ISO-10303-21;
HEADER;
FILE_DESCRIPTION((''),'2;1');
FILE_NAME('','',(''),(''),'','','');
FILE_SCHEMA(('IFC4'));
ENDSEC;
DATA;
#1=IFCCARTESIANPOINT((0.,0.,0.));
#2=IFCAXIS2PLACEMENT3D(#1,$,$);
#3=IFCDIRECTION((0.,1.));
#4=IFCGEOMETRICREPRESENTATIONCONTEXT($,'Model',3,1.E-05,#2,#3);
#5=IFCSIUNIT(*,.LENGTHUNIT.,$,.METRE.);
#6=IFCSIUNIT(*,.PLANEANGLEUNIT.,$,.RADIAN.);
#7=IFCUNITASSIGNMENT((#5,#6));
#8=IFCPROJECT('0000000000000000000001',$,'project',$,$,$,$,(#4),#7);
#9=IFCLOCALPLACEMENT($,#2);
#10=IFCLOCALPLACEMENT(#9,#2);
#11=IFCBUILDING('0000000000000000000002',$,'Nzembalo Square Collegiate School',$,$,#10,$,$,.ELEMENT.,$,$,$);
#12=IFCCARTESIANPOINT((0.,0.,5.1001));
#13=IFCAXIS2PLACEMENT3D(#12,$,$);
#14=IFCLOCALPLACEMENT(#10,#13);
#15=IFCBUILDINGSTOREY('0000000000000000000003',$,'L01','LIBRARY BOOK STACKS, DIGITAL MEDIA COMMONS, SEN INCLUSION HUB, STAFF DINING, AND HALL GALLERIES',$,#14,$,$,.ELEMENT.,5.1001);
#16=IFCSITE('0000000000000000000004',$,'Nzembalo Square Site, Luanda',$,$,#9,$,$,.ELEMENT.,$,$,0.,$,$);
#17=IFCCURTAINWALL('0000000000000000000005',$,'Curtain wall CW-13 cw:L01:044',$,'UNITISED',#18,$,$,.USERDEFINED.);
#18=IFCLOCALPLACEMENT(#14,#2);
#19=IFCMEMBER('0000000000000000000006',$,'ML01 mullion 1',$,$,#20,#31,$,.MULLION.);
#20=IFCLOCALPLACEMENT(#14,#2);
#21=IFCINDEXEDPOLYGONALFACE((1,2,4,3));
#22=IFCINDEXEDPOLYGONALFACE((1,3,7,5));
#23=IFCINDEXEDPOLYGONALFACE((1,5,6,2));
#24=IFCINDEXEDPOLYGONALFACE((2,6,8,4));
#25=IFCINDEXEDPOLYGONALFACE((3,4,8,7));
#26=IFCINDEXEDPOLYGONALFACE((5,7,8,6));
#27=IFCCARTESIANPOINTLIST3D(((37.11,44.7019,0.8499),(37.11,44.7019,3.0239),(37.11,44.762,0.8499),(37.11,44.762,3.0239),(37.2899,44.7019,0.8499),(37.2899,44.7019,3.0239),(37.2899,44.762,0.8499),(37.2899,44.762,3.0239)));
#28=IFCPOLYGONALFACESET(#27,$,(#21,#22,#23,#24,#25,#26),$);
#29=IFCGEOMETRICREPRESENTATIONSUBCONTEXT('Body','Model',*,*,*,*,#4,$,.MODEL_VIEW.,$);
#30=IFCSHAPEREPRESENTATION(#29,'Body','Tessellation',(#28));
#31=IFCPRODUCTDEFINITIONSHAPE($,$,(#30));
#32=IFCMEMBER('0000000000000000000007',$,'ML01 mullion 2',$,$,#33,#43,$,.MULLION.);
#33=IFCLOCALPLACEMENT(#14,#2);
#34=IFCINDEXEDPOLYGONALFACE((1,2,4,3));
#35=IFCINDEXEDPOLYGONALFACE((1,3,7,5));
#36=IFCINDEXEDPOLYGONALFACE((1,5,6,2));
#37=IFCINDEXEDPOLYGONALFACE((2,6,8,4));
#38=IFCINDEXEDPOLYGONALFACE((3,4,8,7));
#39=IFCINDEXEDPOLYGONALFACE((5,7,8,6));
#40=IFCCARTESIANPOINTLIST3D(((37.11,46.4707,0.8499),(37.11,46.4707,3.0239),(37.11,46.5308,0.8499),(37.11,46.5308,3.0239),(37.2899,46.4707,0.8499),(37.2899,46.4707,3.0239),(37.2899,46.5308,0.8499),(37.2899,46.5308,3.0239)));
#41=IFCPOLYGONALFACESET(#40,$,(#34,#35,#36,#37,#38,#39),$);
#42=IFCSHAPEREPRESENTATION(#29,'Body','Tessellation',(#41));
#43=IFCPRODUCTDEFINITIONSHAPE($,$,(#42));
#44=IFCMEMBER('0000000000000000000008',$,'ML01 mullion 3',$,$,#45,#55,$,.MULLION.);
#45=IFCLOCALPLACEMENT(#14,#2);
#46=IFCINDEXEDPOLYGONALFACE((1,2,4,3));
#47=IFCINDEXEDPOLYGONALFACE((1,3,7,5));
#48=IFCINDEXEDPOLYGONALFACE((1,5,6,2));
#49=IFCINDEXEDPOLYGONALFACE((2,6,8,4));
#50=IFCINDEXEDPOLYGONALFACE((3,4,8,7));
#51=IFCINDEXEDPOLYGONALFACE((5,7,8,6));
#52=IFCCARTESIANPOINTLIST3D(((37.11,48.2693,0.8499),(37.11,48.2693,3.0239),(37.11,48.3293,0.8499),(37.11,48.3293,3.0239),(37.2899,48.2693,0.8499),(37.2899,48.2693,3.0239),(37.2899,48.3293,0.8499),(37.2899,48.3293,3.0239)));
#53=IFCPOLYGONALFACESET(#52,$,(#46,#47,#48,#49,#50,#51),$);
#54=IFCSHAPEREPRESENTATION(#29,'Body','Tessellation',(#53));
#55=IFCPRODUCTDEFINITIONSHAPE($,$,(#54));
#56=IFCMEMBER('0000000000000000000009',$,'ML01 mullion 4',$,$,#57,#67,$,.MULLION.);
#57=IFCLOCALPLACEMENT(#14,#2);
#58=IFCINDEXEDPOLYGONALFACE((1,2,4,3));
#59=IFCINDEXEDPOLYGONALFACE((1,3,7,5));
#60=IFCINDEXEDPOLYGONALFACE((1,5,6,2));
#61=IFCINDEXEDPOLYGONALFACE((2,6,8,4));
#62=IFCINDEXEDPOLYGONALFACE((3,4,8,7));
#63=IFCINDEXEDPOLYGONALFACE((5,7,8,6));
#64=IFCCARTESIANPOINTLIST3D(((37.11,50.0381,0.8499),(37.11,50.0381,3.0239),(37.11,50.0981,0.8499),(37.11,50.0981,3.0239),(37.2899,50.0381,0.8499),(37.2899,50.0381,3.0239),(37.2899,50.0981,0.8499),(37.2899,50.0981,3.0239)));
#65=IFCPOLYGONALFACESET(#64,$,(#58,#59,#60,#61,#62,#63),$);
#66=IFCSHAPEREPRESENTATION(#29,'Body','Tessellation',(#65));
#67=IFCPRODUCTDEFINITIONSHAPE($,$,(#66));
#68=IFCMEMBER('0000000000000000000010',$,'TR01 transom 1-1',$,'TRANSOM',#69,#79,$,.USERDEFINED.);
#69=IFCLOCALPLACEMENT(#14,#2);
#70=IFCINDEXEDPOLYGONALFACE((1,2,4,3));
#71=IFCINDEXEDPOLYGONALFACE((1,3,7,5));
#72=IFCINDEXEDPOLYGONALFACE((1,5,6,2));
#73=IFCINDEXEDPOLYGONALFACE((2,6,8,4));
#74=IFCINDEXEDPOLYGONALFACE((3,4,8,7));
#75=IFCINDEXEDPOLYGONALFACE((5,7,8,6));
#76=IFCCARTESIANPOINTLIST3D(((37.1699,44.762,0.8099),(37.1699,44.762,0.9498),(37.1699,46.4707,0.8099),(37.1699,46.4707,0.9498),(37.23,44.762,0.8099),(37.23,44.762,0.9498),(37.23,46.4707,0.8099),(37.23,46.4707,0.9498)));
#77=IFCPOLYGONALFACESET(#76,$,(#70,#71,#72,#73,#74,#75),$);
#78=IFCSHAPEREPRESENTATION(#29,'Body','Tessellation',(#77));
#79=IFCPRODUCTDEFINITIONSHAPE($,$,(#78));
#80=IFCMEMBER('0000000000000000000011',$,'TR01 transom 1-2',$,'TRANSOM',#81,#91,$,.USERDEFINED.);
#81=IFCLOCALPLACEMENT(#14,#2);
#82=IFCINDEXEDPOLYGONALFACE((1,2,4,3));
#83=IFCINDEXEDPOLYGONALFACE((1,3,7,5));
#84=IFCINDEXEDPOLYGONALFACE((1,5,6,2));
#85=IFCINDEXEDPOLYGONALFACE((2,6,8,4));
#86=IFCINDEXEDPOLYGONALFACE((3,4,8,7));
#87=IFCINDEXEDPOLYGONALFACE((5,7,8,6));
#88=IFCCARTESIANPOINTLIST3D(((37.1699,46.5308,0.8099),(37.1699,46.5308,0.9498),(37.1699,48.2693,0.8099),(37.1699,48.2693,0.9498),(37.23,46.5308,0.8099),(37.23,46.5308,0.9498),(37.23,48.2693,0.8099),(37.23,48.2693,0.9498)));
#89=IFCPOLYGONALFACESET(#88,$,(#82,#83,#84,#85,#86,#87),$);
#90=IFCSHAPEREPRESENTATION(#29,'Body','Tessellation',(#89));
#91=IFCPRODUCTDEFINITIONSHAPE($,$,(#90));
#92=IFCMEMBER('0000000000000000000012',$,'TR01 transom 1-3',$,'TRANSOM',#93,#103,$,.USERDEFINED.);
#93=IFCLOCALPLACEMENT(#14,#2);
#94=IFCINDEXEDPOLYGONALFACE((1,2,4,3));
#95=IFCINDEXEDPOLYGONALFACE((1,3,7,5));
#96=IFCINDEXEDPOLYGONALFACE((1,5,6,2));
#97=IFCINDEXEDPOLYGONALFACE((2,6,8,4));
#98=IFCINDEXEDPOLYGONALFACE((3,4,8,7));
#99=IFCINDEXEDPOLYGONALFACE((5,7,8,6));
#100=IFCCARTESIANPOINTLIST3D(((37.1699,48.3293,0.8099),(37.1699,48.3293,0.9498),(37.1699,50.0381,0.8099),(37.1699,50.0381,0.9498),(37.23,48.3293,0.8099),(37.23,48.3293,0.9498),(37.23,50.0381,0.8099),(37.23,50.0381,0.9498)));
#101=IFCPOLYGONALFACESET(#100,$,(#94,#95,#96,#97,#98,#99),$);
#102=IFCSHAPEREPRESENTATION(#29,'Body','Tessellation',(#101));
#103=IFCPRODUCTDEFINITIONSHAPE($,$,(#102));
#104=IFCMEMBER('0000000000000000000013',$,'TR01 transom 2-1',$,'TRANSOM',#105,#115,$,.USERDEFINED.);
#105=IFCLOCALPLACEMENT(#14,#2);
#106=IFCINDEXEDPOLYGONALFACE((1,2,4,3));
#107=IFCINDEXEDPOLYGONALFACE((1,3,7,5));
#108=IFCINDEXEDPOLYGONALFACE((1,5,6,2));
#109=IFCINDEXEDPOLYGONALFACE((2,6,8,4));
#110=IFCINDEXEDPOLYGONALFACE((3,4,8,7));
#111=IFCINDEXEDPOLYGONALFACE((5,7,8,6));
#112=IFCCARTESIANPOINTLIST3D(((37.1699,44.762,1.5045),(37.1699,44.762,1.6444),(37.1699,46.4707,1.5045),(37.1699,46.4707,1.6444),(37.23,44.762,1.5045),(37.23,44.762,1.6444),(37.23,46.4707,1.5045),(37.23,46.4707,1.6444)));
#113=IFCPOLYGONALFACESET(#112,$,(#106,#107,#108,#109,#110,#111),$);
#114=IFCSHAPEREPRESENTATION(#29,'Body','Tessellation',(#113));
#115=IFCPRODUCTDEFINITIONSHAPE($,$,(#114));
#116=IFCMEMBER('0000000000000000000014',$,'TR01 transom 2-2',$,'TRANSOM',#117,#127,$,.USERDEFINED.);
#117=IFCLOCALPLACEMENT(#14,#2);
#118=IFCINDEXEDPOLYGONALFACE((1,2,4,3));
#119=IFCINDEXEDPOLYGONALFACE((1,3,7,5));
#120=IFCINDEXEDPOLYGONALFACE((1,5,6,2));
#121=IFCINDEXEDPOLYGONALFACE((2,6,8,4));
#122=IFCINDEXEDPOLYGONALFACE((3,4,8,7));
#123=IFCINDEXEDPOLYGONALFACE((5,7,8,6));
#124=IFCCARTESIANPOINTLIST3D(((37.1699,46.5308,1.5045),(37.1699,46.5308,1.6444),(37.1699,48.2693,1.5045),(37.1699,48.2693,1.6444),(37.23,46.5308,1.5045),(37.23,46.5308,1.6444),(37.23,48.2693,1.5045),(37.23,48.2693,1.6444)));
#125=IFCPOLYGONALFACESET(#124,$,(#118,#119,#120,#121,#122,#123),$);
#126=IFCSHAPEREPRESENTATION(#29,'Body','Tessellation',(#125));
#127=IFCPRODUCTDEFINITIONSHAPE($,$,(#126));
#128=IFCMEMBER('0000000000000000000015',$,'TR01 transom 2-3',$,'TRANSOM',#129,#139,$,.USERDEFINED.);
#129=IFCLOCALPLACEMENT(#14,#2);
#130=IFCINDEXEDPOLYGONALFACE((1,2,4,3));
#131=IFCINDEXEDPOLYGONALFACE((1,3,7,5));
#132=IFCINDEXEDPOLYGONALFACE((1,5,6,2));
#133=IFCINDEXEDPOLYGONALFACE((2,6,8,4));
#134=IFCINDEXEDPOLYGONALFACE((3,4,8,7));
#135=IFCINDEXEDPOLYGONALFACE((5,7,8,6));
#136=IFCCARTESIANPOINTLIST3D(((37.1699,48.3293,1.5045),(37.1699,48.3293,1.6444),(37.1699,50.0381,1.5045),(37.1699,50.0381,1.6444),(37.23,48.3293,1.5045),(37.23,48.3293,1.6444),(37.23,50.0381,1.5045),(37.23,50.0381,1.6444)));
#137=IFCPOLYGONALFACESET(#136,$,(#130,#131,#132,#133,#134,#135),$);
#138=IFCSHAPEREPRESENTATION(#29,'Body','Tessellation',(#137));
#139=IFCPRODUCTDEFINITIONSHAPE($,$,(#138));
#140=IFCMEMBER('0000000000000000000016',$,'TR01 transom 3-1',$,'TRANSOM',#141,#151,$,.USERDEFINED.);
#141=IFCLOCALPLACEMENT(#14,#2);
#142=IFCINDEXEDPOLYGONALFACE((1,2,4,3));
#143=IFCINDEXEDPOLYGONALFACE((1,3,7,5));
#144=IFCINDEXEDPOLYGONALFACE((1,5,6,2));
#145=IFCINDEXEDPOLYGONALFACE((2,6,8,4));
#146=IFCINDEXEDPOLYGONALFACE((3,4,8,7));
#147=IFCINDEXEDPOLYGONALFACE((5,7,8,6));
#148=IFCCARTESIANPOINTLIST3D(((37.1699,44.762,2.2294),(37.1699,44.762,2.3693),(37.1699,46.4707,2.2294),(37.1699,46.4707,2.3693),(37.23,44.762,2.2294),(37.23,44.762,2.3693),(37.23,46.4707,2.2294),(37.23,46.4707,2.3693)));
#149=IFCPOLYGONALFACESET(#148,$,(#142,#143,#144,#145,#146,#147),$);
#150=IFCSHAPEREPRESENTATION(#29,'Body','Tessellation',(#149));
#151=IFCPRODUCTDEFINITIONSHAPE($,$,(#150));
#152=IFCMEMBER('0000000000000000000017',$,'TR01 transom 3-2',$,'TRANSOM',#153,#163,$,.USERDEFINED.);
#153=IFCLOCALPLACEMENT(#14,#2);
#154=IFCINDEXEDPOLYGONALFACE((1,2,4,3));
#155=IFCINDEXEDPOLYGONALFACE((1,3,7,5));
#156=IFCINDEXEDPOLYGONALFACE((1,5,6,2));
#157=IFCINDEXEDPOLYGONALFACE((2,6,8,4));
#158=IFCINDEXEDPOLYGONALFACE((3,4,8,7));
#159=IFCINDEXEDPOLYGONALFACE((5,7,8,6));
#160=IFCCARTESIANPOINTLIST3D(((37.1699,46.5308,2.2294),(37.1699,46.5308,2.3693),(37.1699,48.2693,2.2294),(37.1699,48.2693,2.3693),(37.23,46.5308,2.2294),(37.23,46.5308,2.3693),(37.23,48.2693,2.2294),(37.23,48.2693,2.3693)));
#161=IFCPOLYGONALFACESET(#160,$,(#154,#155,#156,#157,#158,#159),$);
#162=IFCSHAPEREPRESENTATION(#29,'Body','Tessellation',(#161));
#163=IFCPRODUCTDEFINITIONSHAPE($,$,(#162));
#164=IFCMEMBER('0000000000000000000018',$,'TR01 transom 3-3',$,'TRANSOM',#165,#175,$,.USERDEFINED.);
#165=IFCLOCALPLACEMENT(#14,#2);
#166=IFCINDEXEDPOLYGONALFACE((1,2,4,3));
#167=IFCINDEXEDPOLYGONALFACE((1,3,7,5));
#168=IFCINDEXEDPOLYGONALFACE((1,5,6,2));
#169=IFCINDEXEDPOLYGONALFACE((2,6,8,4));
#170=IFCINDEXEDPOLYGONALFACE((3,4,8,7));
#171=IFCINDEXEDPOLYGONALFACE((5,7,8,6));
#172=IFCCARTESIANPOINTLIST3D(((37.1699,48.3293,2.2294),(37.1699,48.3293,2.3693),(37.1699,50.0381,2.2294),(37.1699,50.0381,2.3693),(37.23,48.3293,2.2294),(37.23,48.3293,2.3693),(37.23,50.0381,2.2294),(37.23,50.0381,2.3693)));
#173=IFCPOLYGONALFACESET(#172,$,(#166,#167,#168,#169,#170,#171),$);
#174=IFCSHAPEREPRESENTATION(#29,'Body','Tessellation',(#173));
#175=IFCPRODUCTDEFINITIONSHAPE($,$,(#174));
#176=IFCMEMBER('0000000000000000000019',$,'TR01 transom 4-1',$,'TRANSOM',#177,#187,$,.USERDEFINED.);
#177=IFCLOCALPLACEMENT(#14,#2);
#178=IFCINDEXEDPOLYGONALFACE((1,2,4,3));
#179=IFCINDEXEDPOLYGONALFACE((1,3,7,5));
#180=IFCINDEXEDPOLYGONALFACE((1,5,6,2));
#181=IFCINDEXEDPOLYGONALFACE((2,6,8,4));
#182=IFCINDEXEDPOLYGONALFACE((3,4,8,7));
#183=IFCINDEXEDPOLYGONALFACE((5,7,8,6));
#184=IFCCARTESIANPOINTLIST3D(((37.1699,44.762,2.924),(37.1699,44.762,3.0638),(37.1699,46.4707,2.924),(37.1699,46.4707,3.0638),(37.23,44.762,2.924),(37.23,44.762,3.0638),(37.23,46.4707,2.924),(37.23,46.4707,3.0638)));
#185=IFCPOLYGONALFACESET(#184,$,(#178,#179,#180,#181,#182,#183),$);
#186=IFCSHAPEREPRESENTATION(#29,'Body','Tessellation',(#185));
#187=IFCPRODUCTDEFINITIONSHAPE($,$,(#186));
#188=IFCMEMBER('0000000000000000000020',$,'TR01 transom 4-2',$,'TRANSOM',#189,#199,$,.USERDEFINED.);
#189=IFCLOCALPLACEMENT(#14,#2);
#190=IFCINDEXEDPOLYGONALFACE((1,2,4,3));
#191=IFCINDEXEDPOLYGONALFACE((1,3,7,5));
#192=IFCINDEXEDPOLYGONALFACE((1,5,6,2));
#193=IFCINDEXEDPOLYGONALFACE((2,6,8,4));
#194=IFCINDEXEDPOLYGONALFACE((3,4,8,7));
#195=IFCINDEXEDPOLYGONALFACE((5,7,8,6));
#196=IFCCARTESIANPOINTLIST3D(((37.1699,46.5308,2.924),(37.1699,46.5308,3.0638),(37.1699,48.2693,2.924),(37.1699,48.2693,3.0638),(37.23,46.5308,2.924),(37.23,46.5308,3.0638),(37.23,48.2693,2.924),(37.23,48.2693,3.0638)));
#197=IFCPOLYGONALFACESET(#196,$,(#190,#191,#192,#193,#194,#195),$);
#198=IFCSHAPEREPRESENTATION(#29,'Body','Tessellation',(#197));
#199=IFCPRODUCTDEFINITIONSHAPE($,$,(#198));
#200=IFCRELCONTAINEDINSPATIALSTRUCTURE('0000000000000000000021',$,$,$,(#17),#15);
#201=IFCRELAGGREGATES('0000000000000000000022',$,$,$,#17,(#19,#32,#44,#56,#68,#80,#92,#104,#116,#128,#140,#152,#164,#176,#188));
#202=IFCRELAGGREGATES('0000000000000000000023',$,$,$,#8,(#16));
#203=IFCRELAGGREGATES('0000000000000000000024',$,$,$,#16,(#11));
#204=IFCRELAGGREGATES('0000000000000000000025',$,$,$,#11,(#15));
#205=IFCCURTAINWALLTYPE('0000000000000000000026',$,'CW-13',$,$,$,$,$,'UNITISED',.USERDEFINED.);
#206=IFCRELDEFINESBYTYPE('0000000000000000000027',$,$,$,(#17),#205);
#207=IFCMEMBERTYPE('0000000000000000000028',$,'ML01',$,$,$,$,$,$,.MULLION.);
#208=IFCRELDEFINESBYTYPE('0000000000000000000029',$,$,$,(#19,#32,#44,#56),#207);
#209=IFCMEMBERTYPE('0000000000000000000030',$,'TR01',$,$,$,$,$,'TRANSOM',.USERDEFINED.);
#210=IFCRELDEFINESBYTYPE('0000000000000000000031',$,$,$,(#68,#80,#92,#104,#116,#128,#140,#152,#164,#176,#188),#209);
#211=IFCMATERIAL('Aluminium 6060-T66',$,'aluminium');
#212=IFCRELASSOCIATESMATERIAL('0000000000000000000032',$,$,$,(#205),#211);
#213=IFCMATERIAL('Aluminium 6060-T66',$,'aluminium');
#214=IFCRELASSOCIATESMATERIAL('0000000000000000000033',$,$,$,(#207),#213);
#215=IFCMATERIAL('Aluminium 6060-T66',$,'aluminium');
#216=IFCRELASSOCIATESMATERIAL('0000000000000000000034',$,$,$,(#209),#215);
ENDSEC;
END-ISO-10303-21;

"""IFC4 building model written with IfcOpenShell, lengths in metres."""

from ifc_helpers import new_model, si_unit, direction, frame, origin, origin_2d, place, context, subcontext, project, spatial, rectangle, extrude, material, material_profile, profile_set, type_object, element, aggregate, save


model = new_model("IFC4")

# Units and contexts
model_context = context("Model", 3, precision=1e-05, world=origin(), true_north=direction((0.0, 1.0)))
body_context = subcontext(model_context, "Body", "Model", "MODEL_VIEW")
ifc_project = project(units=[si_unit("LENGTHUNIT", "METRE"), si_unit("PLANEANGLEUNIT", "RADIAN")], contexts=[model_context])

# Site, building, storey
site_placement = place(None, origin())
site = spatial("IfcSite", under=ifc_project, at=site_placement, Name="Nzembalo Square Site, Luanda", CompositionType="ELEMENT", RefElevation=0.0)
building_placement = place(site_placement, origin())
building = spatial("IfcBuilding", under=site, at=building_placement, Name="Nzembalo Square Collegiate School", CompositionType="ELEMENT")
storey_placement = place(building_placement, frame((0.0, 0.0, 5.1001)))
storey = spatial("IfcBuildingStorey", under=building, at=storey_placement, Name="L01", Description="LIBRARY BOOK STACKS, DIGITAL MEDIA COMMONS, SEN INCLUSION HUB, STAFF DINING, AND HALL GALLERIES", CompositionType="ELEMENT", Elevation=5.1001)

# Curtain wall, members
ifc_material_1 = material(Name="Aluminium 6060-T66", Category="aluminium")
curtain_wall_type = type_object("IfcCurtainWallType", Name="CW-13", ElementType="UNITISED", PredefinedType="USERDEFINED", material=ifc_material_1)
curtain_wall_placement = place(storey_placement, origin())
curtain_wall = element("IfcCurtainWall", 1, at=curtain_wall_placement, inside=storey, type_object=curtain_wall_type, Name="Curtain wall CW-13 cw:L01:044", ObjectType="UNITISED", PredefinedType="USERDEFINED")
ifc_material_2 = material(Name="Aluminium 6060-T66", Category="aluminium")
ifc_material_profile_1 = material_profile(ifc_material_2, rectangle(XDim=0.0601, YDim=0.1799, at=origin_2d()), Name="ALU M60x180")
ifc_profile_set_1 = profile_set([ifc_material_profile_1], Name="Aluminium 6060-T66")
member_type_1 = type_object("IfcMemberType", Name="ML01", PredefinedType="MULLION", material=ifc_profile_set_1)
member_1_placement = place(storey_placement, frame((37.2, 44.7319, 0.8499), z_axis=(0.0, 0.0, 1.0), x_axis=(0.0, 1.0, 0.0)))
member_1 = element("IfcMember", 2, at=member_1_placement, type_object=member_type_1, Name="ML01 mullion 1", PredefinedType="MULLION", context=body_context, shape_type="SweptSolid", body=[
    extrude(rectangle(XDim=0.0601, YDim=0.1799, at=origin_2d()), origin(), (0.0, 0.0, 1.0), 2.1741),
])
member_2_placement = place(storey_placement, frame((37.2, 46.5007, 0.8499), z_axis=(0.0, 0.0, 1.0), x_axis=(0.0, 1.0, 0.0)))
member_2 = element("IfcMember", 3, at=member_2_placement, type_object=member_type_1, Name="ML01 mullion 2", PredefinedType="MULLION", context=body_context, shape_type="SweptSolid", body=[
    extrude(rectangle(XDim=0.0601, YDim=0.1799, at=origin_2d()), origin(), (0.0, 0.0, 1.0), 2.1741),
])
member_3_placement = place(storey_placement, frame((37.2, 48.2993, 0.8499), z_axis=(0.0, 0.0, 1.0), x_axis=(0.0, 1.0, 0.0)))
member_3 = element("IfcMember", 4, at=member_3_placement, type_object=member_type_1, Name="ML01 mullion 3", PredefinedType="MULLION", context=body_context, shape_type="SweptSolid", body=[
    extrude(rectangle(XDim=0.0601, YDim=0.1799, at=origin_2d()), origin(), (0.0, 0.0, 1.0), 2.1741),
])
member_4_placement = place(storey_placement, frame((37.2, 50.0681, 0.8499), z_axis=(0.0, 0.0, 1.0), x_axis=(0.0, 1.0, 0.0)))
member_4 = element("IfcMember", 5, at=member_4_placement, type_object=member_type_1, Name="ML01 mullion 4", PredefinedType="MULLION", context=body_context, shape_type="SweptSolid", body=[
    extrude(rectangle(XDim=0.0601, YDim=0.1799, at=origin_2d()), origin(), (0.0, 0.0, 1.0), 2.1741),
])
ifc_material_3 = material(Name="Aluminium 6060-T66", Category="aluminium")
ifc_material_profile_2 = material_profile(ifc_material_3, rectangle(XDim=0.0601, YDim=0.1399, at=origin_2d()), Name="ALU T60x140")
ifc_profile_set_2 = profile_set([ifc_material_profile_2], Name="Aluminium 6060-T66")
member_type_2 = type_object("IfcMemberType", Name="TR01", ElementType="TRANSOM", PredefinedType="USERDEFINED", material=ifc_profile_set_2)
member_5_placement = place(storey_placement, frame((37.2, 44.762, 0.8799), z_axis=(0.0, 1.0, 0.0), x_axis=(-1.0, 0.0, 0.0)))
member_5 = element("IfcMember", 6, at=member_5_placement, type_object=member_type_2, Name="TR01 transom 1-1", ObjectType="TRANSOM", PredefinedType="USERDEFINED", context=body_context, shape_type="SweptSolid", body=[
    extrude(rectangle(XDim=0.0601, YDim=0.1399, at=origin_2d()), origin(), (0.0, 0.0, 1.0), 1.7087),
])
member_6_placement = place(storey_placement, frame((37.2, 46.5308, 0.8799), z_axis=(0.0, 1.0, 0.0), x_axis=(-1.0, 0.0, 0.0)))
member_6 = element("IfcMember", 7, at=member_6_placement, type_object=member_type_2, Name="TR01 transom 1-2", ObjectType="TRANSOM", PredefinedType="USERDEFINED", context=body_context, shape_type="SweptSolid", body=[
    extrude(rectangle(XDim=0.0601, YDim=0.1399, at=origin_2d()), origin(), (0.0, 0.0, 1.0), 1.7385),
])
member_7_placement = place(storey_placement, frame((37.2, 48.3293, 0.8799), z_axis=(0.0, 1.0, 0.0), x_axis=(-1.0, 0.0, 0.0)))
member_7 = element("IfcMember", 8, at=member_7_placement, type_object=member_type_2, Name="TR01 transom 1-3", ObjectType="TRANSOM", PredefinedType="USERDEFINED", context=body_context, shape_type="SweptSolid", body=[
    extrude(rectangle(XDim=0.0601, YDim=0.1399, at=origin_2d()), origin(), (0.0, 0.0, 1.0), 1.7087),
])
member_8_placement = place(storey_placement, frame((37.2, 44.762, 1.5745), z_axis=(0.0, 1.0, 0.0), x_axis=(-1.0, 0.0, 0.0)))
member_8 = element("IfcMember", 9, at=member_8_placement, type_object=member_type_2, Name="TR01 transom 2-1", ObjectType="TRANSOM", PredefinedType="USERDEFINED", context=body_context, shape_type="SweptSolid", body=[
    extrude(rectangle(XDim=0.0601, YDim=0.1399, at=origin_2d()), origin(), (0.0, 0.0, 1.0), 1.7087),
])
member_9_placement = place(storey_placement, frame((37.2, 46.5308, 1.5745), z_axis=(0.0, 1.0, 0.0), x_axis=(-1.0, 0.0, 0.0)))
member_9 = element("IfcMember", 10, at=member_9_placement, type_object=member_type_2, Name="TR01 transom 2-2", ObjectType="TRANSOM", PredefinedType="USERDEFINED", context=body_context, shape_type="SweptSolid", body=[
    extrude(rectangle(XDim=0.0601, YDim=0.1399, at=origin_2d()), origin(), (0.0, 0.0, 1.0), 1.7385),
])
member_10_placement = place(storey_placement, frame((37.2, 48.3293, 1.5745), z_axis=(0.0, 1.0, 0.0), x_axis=(-1.0, 0.0, 0.0)))
member_10 = element("IfcMember", 11, at=member_10_placement, type_object=member_type_2, Name="TR01 transom 2-3", ObjectType="TRANSOM", PredefinedType="USERDEFINED", context=body_context, shape_type="SweptSolid", body=[
    extrude(rectangle(XDim=0.0601, YDim=0.1399, at=origin_2d()), origin(), (0.0, 0.0, 1.0), 1.7087),
])
member_11_placement = place(storey_placement, frame((37.2, 44.762, 2.2993), z_axis=(0.0, 1.0, 0.0), x_axis=(-1.0, 0.0, 0.0)))
member_11 = element("IfcMember", 12, at=member_11_placement, type_object=member_type_2, Name="TR01 transom 3-1", ObjectType="TRANSOM", PredefinedType="USERDEFINED", context=body_context, shape_type="SweptSolid", body=[
    extrude(rectangle(XDim=0.0601, YDim=0.1399, at=origin_2d()), origin(), (0.0, 0.0, 1.0), 1.7087),
])
member_12_placement = place(storey_placement, frame((37.2, 46.5308, 2.2993), z_axis=(0.0, 1.0, 0.0), x_axis=(-1.0, 0.0, 0.0)))
member_12 = element("IfcMember", 13, at=member_12_placement, type_object=member_type_2, Name="TR01 transom 3-2", ObjectType="TRANSOM", PredefinedType="USERDEFINED", context=body_context, shape_type="SweptSolid", body=[
    extrude(rectangle(XDim=0.0601, YDim=0.1399, at=origin_2d()), origin(), (0.0, 0.0, 1.0), 1.7385),
])
member_13_placement = place(storey_placement, frame((37.2, 48.3293, 2.2993), z_axis=(0.0, 1.0, 0.0), x_axis=(-1.0, 0.0, 0.0)))
member_13 = element("IfcMember", 14, at=member_13_placement, type_object=member_type_2, Name="TR01 transom 3-3", ObjectType="TRANSOM", PredefinedType="USERDEFINED", context=body_context, shape_type="SweptSolid", body=[
    extrude(rectangle(XDim=0.0601, YDim=0.1399, at=origin_2d()), origin(), (0.0, 0.0, 1.0), 1.7087),
])
member_14_placement = place(storey_placement, frame((37.2, 44.762, 2.9939), z_axis=(0.0, 1.0, 0.0), x_axis=(-1.0, 0.0, 0.0)))
member_14 = element("IfcMember", 15, at=member_14_placement, type_object=member_type_2, Name="TR01 transom 4-1", ObjectType="TRANSOM", PredefinedType="USERDEFINED", context=body_context, shape_type="SweptSolid", body=[
    extrude(rectangle(XDim=0.0601, YDim=0.1399, at=origin_2d()), origin(), (0.0, 0.0, 1.0), 1.7087),
])
member_15_placement = place(storey_placement, frame((37.2, 46.5308, 2.9939), z_axis=(0.0, 1.0, 0.0), x_axis=(-1.0, 0.0, 0.0)))
member_15 = element("IfcMember", 16, at=member_15_placement, type_object=member_type_2, Name="TR01 transom 4-2", ObjectType="TRANSOM", PredefinedType="USERDEFINED", context=body_context, shape_type="SweptSolid", body=[
    extrude(rectangle(XDim=0.0601, YDim=0.1399, at=origin_2d()), origin(), (0.0, 0.0, 1.0), 1.7385),
])
aggregate(curtain_wall, [member_1, member_2, member_3, member_4, member_5, member_6, member_7, member_8, member_9, member_10, member_11, member_12, member_13, member_14, member_15])

save(model, "model.ifc")
